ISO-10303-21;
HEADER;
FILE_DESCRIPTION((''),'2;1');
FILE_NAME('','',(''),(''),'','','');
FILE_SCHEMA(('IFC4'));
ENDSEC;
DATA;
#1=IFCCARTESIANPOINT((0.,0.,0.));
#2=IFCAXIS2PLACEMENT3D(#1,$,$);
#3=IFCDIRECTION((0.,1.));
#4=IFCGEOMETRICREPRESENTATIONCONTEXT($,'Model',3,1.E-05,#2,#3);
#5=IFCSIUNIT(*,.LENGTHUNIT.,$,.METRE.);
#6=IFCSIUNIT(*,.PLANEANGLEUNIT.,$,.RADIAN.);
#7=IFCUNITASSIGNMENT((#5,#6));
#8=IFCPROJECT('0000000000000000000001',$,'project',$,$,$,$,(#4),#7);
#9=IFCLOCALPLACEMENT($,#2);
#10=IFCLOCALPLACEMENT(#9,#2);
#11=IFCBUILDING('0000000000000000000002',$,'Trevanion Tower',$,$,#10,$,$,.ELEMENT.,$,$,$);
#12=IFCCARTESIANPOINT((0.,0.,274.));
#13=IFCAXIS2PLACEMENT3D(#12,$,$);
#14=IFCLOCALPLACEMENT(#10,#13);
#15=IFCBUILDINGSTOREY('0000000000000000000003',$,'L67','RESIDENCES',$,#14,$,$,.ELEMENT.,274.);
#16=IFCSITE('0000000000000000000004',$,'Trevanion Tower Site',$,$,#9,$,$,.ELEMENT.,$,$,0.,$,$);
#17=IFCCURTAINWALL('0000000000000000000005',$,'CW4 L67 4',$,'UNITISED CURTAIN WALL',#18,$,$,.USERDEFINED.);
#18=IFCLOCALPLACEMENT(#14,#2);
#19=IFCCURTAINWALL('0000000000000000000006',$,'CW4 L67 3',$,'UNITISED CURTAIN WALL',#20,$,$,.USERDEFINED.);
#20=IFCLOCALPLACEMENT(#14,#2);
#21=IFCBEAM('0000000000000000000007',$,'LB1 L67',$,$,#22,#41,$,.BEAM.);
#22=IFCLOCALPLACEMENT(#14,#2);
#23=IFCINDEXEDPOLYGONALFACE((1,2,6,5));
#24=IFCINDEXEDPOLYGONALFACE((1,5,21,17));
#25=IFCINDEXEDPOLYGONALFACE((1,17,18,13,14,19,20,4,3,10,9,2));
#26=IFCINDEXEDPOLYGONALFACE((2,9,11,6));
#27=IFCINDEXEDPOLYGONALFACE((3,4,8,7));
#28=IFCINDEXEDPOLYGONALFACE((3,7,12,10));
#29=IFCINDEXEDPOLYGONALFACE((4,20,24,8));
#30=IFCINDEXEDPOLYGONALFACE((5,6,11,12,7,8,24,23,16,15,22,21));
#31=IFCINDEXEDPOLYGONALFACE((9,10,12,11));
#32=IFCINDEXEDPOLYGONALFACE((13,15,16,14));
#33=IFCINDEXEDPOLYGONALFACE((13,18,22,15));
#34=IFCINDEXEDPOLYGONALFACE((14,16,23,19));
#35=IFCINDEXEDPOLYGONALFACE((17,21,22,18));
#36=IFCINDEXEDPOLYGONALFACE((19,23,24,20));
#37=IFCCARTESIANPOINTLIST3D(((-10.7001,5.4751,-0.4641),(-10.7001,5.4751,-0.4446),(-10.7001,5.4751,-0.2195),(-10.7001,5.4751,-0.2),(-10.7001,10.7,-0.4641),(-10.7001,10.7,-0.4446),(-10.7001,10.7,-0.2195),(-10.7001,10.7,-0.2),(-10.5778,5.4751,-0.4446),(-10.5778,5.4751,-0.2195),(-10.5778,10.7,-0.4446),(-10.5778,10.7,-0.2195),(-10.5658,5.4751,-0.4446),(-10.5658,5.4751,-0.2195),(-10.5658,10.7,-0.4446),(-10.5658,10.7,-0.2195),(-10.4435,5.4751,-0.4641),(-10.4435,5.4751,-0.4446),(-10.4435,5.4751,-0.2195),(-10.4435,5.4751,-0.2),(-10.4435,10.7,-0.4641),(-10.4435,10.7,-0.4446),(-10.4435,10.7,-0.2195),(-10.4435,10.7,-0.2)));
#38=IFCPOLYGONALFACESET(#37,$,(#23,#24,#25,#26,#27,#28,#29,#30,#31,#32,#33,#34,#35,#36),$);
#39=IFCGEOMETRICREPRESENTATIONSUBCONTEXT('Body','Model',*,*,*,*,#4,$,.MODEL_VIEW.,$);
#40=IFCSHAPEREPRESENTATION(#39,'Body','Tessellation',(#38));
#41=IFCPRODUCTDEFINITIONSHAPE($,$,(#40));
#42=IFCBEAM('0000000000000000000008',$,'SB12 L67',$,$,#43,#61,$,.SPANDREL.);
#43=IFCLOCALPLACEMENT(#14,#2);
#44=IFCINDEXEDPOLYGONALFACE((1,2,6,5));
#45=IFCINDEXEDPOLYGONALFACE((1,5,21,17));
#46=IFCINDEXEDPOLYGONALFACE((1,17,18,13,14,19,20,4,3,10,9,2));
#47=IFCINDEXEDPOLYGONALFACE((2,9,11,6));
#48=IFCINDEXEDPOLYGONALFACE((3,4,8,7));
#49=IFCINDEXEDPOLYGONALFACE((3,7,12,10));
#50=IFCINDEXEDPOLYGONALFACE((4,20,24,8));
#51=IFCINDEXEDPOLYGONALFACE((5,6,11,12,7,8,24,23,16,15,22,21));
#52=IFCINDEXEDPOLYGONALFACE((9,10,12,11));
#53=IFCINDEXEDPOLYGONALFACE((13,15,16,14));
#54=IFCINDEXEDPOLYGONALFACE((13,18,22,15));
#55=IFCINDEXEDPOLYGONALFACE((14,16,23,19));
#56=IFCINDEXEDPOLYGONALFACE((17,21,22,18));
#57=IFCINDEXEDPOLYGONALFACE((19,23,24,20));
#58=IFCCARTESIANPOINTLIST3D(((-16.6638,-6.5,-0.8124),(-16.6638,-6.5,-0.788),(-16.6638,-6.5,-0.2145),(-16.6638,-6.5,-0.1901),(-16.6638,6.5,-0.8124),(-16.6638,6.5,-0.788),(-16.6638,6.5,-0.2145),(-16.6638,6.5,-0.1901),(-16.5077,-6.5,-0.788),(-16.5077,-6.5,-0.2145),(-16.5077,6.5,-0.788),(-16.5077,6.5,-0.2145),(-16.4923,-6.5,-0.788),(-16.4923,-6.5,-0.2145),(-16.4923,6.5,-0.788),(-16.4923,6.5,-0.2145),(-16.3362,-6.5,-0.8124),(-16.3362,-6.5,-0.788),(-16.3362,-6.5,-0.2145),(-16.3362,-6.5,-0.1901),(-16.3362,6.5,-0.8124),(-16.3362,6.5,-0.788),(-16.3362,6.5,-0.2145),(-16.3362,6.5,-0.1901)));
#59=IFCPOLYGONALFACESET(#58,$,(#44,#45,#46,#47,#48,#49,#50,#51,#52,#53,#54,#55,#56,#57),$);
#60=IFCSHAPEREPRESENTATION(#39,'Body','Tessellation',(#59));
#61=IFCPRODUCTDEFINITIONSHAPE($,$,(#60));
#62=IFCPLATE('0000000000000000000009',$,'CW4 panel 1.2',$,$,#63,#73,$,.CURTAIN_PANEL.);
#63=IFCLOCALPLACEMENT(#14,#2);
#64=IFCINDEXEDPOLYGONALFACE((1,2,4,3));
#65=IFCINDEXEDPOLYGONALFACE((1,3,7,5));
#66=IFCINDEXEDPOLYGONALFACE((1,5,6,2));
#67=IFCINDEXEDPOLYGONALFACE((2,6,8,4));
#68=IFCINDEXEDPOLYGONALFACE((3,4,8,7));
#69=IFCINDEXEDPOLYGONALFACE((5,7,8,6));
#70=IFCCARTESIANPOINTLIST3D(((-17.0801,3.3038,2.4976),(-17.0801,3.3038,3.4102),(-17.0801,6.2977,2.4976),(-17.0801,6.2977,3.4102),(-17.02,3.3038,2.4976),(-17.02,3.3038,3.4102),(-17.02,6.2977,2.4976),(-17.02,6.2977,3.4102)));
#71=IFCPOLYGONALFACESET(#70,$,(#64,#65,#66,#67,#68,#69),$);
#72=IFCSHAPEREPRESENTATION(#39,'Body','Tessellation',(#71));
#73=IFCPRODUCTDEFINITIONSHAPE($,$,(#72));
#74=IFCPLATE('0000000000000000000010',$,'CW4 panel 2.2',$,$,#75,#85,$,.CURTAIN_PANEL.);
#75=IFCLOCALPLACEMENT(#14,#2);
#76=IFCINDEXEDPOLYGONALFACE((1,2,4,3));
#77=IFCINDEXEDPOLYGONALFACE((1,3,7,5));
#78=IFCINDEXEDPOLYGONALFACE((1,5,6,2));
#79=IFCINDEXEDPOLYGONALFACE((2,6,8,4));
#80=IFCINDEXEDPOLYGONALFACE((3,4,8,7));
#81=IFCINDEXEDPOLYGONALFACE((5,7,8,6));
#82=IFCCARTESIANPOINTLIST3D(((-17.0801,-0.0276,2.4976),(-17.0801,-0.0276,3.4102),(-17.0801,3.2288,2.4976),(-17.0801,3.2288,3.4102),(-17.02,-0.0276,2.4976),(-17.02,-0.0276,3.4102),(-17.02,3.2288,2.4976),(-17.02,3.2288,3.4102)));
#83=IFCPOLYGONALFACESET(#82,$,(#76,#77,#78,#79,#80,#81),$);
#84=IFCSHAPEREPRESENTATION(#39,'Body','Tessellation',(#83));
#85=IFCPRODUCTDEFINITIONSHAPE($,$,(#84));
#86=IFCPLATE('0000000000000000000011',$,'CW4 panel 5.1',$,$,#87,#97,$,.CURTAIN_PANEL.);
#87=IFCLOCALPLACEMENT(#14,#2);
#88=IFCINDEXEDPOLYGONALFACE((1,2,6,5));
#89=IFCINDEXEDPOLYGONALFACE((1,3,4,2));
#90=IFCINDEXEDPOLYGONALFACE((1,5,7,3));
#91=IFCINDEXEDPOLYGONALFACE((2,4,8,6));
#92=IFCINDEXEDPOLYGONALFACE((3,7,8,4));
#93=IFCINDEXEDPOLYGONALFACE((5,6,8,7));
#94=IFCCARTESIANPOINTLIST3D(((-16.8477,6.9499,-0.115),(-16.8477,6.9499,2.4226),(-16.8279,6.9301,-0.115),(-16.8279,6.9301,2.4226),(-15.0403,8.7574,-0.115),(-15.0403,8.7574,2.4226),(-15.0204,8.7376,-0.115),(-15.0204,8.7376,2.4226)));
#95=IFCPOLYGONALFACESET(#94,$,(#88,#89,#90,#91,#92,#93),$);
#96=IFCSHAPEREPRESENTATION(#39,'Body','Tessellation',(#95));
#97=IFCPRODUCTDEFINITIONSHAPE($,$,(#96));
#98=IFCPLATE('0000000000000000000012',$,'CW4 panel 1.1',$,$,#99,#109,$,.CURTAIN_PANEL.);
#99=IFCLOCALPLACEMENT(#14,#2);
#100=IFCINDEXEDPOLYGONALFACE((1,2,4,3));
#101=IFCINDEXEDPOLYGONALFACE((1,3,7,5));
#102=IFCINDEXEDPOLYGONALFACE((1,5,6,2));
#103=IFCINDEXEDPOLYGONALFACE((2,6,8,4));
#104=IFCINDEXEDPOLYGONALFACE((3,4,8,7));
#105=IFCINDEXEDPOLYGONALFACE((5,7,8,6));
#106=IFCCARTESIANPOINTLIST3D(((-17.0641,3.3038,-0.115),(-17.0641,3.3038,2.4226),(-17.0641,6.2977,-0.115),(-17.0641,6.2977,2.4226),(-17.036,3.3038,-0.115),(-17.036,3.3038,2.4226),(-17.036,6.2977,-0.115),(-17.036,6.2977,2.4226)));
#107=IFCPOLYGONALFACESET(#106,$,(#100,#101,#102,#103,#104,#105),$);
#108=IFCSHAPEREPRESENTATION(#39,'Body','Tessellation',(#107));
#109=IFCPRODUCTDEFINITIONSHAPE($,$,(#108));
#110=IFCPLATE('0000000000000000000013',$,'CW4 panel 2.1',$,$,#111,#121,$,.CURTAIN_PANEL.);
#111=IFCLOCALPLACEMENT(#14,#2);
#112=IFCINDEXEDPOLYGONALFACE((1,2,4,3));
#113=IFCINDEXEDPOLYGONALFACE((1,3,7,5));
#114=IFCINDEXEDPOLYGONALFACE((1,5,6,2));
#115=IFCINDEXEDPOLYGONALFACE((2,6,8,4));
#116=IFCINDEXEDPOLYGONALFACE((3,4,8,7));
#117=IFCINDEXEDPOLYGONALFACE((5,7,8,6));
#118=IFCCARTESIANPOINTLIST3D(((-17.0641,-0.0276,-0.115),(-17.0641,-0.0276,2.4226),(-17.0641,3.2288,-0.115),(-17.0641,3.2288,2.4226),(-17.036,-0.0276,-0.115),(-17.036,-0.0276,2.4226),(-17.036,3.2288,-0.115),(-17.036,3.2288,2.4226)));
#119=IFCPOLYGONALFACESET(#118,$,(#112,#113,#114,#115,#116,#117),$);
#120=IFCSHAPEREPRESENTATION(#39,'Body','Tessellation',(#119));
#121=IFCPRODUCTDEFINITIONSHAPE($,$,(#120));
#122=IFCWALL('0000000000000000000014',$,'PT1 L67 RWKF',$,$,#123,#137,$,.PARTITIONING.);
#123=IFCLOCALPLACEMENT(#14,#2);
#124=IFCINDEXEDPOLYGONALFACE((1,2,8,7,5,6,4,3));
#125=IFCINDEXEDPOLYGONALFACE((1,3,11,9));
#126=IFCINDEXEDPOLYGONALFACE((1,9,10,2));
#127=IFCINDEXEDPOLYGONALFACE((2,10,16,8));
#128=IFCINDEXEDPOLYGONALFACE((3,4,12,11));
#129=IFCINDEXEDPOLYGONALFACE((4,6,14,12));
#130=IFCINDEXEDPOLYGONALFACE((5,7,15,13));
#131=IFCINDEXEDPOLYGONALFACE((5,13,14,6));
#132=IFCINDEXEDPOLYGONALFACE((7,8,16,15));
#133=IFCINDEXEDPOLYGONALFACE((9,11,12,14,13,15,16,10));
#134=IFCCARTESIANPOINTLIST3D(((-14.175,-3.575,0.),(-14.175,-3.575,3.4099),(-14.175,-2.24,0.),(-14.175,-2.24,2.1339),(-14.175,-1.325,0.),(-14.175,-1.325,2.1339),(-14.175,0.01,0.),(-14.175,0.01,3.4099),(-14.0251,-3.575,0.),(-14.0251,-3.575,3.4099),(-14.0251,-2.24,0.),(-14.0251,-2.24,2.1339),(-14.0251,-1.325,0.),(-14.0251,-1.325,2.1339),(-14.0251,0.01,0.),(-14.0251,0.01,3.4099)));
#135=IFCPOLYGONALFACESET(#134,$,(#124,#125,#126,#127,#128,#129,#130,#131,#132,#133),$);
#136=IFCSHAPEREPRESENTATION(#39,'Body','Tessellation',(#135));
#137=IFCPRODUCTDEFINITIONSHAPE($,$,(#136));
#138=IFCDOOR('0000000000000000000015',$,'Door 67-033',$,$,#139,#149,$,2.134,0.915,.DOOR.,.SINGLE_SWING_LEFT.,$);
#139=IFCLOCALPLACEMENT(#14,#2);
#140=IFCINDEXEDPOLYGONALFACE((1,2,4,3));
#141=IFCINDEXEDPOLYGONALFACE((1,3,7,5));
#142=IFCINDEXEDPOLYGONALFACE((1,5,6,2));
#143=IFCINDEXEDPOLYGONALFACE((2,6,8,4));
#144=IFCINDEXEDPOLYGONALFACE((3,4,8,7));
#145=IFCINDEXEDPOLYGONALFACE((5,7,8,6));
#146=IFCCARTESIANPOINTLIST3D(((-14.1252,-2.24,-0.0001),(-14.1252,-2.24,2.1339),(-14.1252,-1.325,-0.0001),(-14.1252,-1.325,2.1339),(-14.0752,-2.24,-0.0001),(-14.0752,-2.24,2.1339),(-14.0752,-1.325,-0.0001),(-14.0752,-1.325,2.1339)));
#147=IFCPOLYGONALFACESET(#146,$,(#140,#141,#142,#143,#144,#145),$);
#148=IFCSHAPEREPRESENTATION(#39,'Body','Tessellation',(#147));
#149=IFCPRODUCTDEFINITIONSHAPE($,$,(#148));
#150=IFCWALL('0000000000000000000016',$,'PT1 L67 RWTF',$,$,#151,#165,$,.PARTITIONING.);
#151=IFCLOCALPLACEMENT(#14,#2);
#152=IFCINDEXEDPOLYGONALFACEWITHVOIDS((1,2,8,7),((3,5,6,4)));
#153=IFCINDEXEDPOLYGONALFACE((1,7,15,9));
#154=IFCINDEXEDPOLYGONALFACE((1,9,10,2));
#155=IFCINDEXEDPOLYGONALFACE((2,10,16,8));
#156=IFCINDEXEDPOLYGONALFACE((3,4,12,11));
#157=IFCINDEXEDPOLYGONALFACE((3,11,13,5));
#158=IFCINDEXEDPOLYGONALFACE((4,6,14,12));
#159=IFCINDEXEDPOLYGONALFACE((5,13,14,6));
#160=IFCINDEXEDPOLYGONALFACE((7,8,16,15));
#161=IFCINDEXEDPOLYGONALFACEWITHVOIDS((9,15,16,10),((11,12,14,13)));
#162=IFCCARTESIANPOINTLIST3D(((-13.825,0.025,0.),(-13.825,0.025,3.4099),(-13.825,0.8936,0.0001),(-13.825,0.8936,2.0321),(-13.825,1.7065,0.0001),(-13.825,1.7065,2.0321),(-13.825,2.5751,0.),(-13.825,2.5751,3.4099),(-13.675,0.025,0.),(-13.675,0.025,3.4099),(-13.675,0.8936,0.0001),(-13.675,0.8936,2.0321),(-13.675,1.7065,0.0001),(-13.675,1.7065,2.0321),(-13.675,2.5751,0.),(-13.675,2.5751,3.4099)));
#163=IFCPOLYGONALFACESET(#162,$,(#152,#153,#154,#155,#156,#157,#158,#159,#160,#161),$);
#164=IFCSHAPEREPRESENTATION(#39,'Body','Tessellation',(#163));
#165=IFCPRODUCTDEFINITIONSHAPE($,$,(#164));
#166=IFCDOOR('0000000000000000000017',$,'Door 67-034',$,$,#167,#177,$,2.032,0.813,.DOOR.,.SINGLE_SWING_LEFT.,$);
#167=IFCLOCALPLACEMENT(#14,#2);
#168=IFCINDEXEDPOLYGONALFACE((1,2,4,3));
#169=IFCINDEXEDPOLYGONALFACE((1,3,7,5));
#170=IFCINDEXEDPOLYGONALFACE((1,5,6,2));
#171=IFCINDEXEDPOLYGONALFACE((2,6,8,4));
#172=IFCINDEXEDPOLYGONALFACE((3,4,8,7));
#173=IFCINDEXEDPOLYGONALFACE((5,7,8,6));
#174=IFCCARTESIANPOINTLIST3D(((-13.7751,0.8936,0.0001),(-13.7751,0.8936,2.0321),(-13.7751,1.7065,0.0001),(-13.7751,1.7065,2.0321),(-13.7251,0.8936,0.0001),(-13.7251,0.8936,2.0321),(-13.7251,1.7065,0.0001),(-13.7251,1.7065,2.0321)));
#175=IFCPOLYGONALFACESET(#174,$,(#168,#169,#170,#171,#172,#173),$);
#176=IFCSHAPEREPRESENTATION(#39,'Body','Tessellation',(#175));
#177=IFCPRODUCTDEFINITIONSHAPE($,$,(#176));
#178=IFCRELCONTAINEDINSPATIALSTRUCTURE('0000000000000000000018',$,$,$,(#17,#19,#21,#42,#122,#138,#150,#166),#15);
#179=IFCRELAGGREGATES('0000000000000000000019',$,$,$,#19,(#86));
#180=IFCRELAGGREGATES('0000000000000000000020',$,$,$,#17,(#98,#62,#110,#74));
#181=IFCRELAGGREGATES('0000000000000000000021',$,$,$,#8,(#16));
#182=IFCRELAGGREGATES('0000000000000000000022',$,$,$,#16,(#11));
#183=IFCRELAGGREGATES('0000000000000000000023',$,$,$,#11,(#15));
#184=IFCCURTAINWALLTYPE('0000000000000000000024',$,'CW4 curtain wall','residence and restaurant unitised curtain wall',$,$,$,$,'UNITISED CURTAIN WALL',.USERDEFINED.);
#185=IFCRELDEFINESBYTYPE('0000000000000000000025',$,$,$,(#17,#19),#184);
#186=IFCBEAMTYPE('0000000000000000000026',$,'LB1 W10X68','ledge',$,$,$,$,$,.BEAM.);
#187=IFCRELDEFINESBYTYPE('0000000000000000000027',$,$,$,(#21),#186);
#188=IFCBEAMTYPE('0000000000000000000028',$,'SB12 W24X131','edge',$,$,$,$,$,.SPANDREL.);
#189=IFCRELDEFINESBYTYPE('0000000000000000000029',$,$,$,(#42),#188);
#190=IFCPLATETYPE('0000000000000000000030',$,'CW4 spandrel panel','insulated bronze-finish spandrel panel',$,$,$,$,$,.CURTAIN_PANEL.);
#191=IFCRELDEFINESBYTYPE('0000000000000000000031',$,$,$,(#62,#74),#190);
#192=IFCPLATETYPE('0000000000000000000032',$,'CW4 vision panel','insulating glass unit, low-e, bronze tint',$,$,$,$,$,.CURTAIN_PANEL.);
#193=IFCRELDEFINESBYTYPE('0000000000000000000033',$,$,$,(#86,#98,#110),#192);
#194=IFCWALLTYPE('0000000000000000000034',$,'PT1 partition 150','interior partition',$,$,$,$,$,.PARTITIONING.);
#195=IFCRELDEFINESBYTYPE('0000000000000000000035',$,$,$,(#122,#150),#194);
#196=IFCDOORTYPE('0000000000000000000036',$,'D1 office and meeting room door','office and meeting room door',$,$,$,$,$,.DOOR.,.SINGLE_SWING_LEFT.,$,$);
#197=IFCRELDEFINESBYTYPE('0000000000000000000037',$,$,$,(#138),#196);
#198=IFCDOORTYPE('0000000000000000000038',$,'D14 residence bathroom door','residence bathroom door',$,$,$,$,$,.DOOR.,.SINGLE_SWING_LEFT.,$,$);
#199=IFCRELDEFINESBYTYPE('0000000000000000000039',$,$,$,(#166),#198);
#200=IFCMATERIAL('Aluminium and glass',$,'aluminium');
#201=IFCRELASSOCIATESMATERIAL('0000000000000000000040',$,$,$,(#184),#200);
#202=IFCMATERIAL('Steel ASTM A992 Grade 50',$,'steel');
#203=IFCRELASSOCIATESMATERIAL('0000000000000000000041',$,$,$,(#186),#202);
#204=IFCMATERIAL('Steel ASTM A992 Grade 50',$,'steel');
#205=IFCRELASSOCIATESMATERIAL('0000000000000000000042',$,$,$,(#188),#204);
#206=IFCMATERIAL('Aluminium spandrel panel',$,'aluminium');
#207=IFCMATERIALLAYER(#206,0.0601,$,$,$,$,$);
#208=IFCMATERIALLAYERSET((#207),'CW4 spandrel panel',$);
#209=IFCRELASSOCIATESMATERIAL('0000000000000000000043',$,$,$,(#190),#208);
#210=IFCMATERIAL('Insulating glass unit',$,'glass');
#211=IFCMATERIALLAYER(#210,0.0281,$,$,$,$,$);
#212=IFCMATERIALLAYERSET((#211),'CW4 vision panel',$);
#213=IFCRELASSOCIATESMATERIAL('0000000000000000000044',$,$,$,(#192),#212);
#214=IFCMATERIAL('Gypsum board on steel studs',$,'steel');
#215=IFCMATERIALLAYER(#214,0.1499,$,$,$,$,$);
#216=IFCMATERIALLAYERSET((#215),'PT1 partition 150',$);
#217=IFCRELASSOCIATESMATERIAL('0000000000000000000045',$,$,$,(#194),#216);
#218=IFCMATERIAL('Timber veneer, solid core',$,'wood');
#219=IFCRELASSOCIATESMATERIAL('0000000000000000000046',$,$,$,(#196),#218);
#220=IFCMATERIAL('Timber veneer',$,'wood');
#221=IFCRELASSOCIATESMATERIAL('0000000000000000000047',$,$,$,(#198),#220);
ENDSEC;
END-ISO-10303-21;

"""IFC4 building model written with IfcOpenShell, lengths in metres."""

from ifc_helpers import new_model, si_unit, direction, frame, frame_2d, origin, origin_2d, place, context, subcontext, project, spatial, rectangle, i_section, extrude, material, layer, layer_set, material_profile, profile_set, type_object, element, fill, aggregate, save


model = new_model("IFC4")

# Units and contexts
model_context = context("Model", 3, precision=1e-05, world=origin(), true_north=direction((0.0, 1.0)))
body_context = subcontext(model_context, "Body", "Model", "MODEL_VIEW")
ifc_project = project(units=[si_unit("LENGTHUNIT", "METRE"), si_unit("PLANEANGLEUNIT", "RADIAN")], contexts=[model_context])

# Site, building, storey
site_placement = place(None, origin())
site = spatial("IfcSite", under=ifc_project, at=site_placement, Name="Trevanion Tower Site", CompositionType="ELEMENT", RefElevation=0.0)
building_placement = place(site_placement, origin())
building = spatial("IfcBuilding", under=site, at=building_placement, Name="Trevanion Tower", CompositionType="ELEMENT")
storey_placement = place(building_placement, frame((0.0, 0.0, 274.0)))
storey = spatial("IfcBuildingStorey", under=building, at=storey_placement, Name="L67", Description="RESIDENCES", CompositionType="ELEMENT", Elevation=274.0)

# Curtain walls
ifc_material_1 = material(Name="Aluminium and glass", Category="aluminium")
curtain_wall_type = type_object("IfcCurtainWallType", Name="CW4 curtain wall", Description="residence and restaurant unitised curtain wall", ElementType="UNITISED CURTAIN WALL", PredefinedType="USERDEFINED", material=ifc_material_1)
curtain_wall_1_placement = place(storey_placement, origin())
curtain_wall_1 = element("IfcCurtainWall", 1, at=curtain_wall_1_placement, inside=storey, type_object=curtain_wall_type, Name="CW4 L67 4", ObjectType="UNITISED CURTAIN WALL", PredefinedType="USERDEFINED")
curtain_wall_2_placement = place(storey_placement, origin())
curtain_wall_2 = element("IfcCurtainWall", 2, at=curtain_wall_2_placement, inside=storey, type_object=curtain_wall_type, Name="CW4 L67 3", ObjectType="UNITISED CURTAIN WALL", PredefinedType="USERDEFINED")

# Beams
ifc_material_2 = material(Name="Steel ASTM A992 Grade 50", Category="steel")
ifc_material_profile_1 = material_profile(ifc_material_2, i_section(OverallWidth=0.2566, OverallDepth=0.2642, WebThickness=0.012, FlangeThickness=0.0195, at=origin_2d()), Name="W10X68")
ifc_profile_set_1 = profile_set([ifc_material_profile_1], Name="Steel ASTM A992 Grade 50")
beam_type_1 = type_object("IfcBeamType", Name="LB1 W10X68", Description="ledge", PredefinedType="BEAM", material=ifc_profile_set_1)
beam_1_placement = place(storey_placement, frame((-10.5718, 5.4751, -0.332), z_axis=(0.0, 1.0, 0.0), x_axis=(-1.0, 0.0, 0.0)))
element("IfcBeam", 3, at=beam_1_placement, inside=storey, type_object=beam_type_1, Name="LB1 L67", PredefinedType="BEAM", context=body_context, shape_type="SweptSolid", body=[
    extrude(i_section(OverallWidth=0.2566, OverallDepth=0.2642, WebThickness=0.012, FlangeThickness=0.0195, at=origin_2d()), origin(), (0.0, 0.0, 1.0), 5.2249),
])
ifc_material_3 = material(Name="Steel ASTM A992 Grade 50", Category="steel")
ifc_material_profile_2 = material_profile(ifc_material_3, i_section(OverallWidth=0.3276, OverallDepth=0.6223, WebThickness=0.0154, FlangeThickness=0.0244, at=origin_2d()), Name="W24X131")
ifc_profile_set_2 = profile_set([ifc_material_profile_2], Name="Steel ASTM A992 Grade 50")
beam_type_2 = type_object("IfcBeamType", Name="SB12 W24X131", Description="edge", PredefinedType="SPANDREL", material=ifc_profile_set_2)
beam_2_placement = place(storey_placement, frame((-16.5, 6.5, -0.5012), z_axis=(0.0, -1.0, 0.0), x_axis=(1.0, 0.0, 0.0)))
element("IfcBeam", 4, at=beam_2_placement, inside=storey, type_object=beam_type_2, Name="SB12 L67", PredefinedType="SPANDREL", context=body_context, shape_type="SweptSolid", body=[
    extrude(i_section(OverallWidth=0.3276, OverallDepth=0.6223, WebThickness=0.0154, FlangeThickness=0.0244, at=origin_2d()), origin(), (0.0, 0.0, 1.0), 13.0),
])

# Plates
ifc_material_4 = material(Name="Aluminium spandrel panel", Category="aluminium")
ifc_layer_1 = layer(ifc_material_4, 0.0601)
ifc_layer_set_1 = layer_set([ifc_layer_1], Name="CW4 spandrel panel")
plate_type_1 = type_object("IfcPlateType", Name="CW4 spandrel panel", Description="insulated bronze-finish spandrel panel", PredefinedType="CURTAIN_PANEL", material=ifc_layer_set_1)
plate_1_placement = place(storey_placement, frame((-17.05, 4.8008, 2.4976), z_axis=(0.0, 0.0, 1.0), x_axis=(0.0, -1.0, 0.0)))
plate_1 = element("IfcPlate", 5, at=plate_1_placement, type_object=plate_type_1, Name="CW4 panel 1.2", PredefinedType="CURTAIN_PANEL", context=body_context, shape_type="SweptSolid", body=[
    extrude(rectangle(XDim=2.9939, YDim=0.0601, at=origin_2d()), origin(), (0.0, 0.0, 1.0), 0.9126),
])
plate_2_placement = place(storey_placement, frame((-17.05, 1.6006, 2.4976), z_axis=(0.0, 0.0, 1.0), x_axis=(0.0, -1.0, 0.0)))
plate_2 = element("IfcPlate", 6, at=plate_2_placement, type_object=plate_type_1, Name="CW4 panel 2.2", PredefinedType="CURTAIN_PANEL", context=body_context, shape_type="SweptSolid", body=[
    extrude(rectangle(XDim=3.2563, YDim=0.0601, at=origin_2d()), origin(), (0.0, 0.0, 1.0), 0.9126),
])
ifc_material_5 = material(Name="Insulating glass unit", Category="glass")
ifc_layer_2 = layer(ifc_material_5, 0.0281)
ifc_layer_set_2 = layer_set([ifc_layer_2], Name="CW4 vision panel")
plate_type_2 = type_object("IfcPlateType", Name="CW4 vision panel", Description="insulating glass unit, low-e, bronze tint", PredefinedType="CURTAIN_PANEL", material=ifc_layer_set_2)
plate_3_placement = place(storey_placement, frame((-15.9341, 7.8438, -0.115), z_axis=(0.0, 0.0, 1.0), x_axis=(-0.707107, -0.707107, 0.0)))
plate_3 = element("IfcPlate", 7, at=plate_3_placement, type_object=plate_type_2, Name="CW4 panel 5.1", PredefinedType="CURTAIN_PANEL", context=body_context, shape_type="SweptSolid", body=[
    extrude(rectangle(XDim=2.5562, YDim=0.0281, at=origin_2d()), origin(), (0.0, 0.0, 1.0), 2.5376),
])
aggregate(curtain_wall_2, [plate_3])
plate_4_placement = place(storey_placement, frame((-17.05, 4.8008, -0.115), z_axis=(0.0, 0.0, 1.0), x_axis=(0.0, -1.0, 0.0)))
plate_4 = element("IfcPlate", 8, at=plate_4_placement, type_object=plate_type_2, Name="CW4 panel 1.1", PredefinedType="CURTAIN_PANEL", context=body_context, shape_type="SweptSolid", body=[
    extrude(rectangle(XDim=2.9939, YDim=0.0281, at=origin_2d()), origin(), (0.0, 0.0, 1.0), 2.5376),
])
plate_5_placement = place(storey_placement, frame((-17.05, 1.6006, -0.115), z_axis=(0.0, 0.0, 1.0), x_axis=(0.0, -1.0, 0.0)))
plate_5 = element("IfcPlate", 9, at=plate_5_placement, type_object=plate_type_2, Name="CW4 panel 2.1", PredefinedType="CURTAIN_PANEL", context=body_context, shape_type="SweptSolid", body=[
    extrude(rectangle(XDim=3.2563, YDim=0.0281, at=origin_2d()), origin(), (0.0, 0.0, 1.0), 2.5376),
])
aggregate(curtain_wall_1, [plate_4, plate_1, plate_5, plate_2])

# Walls, openings, doors
ifc_material_6 = material(Name="Gypsum board on steel studs", Category="steel")
ifc_layer_3 = layer(ifc_material_6, 0.1499)
ifc_layer_set_3 = layer_set([ifc_layer_3], Name="PT1 partition 150")
wall_type = type_object("IfcWallType", Name="PT1 partition 150", Description="interior partition", PredefinedType="PARTITIONING", material=ifc_layer_set_3)
wall_1_placement = place(storey_placement, frame((-14.1001, 0.01, 0.0), z_axis=(0.0, 0.0, 1.0), x_axis=(0.0, -1.0, 0.0)))
wall_1 = element("IfcWall", 10, at=wall_1_placement, inside=storey, type_object=wall_type, Name="PT1 L67 RWKF", PredefinedType="PARTITIONING", context=body_context, shape_type="SweptSolid", body=[
    extrude(rectangle(XDim=3.585, YDim=0.1499, at=frame_2d((1.7925, 0.0))), origin(), (0.0, 0.0, 1.0), 3.4099),
])
opening_1_placement = place(wall_1_placement, frame((1.335, 0.0, 0.0)))
opening_1 = element("IfcOpeningElement", 11, at=opening_1_placement, cuts=wall_1, PredefinedType="OPENING", context=body_context, shape_type="SweptSolid", body=[
    extrude(rectangle(XDim=0.915, YDim=2.134, at=frame_2d((0.4575, 1.0669))), frame((0.0, 0.085, 0.0), z_axis=(0.0, -1.0, 0.0), x_axis=(1.0, 0.0, 0.0)), (0.0, 0.0, 1.0), 0.1699),
])
ifc_material_7 = material(Name="Timber veneer, solid core", Category="wood")
door_type_1 = type_object("IfcDoorType", Name="D1 office and meeting room door", Description="office and meeting room door", OperationType="SINGLE_SWING_LEFT", PredefinedType="DOOR", material=ifc_material_7)
door_1_placement = place(opening_1_placement, origin())
door_1 = element("IfcDoor", 12, at=door_1_placement, inside=storey, type_object=door_type_1, Name="Door 67-033", OperationType="SINGLE_SWING_LEFT", OverallHeight=2.134, OverallWidth=0.915, PredefinedType="DOOR", context=body_context, shape_type="SweptSolid", body=[
    extrude(rectangle(XDim=0.915, YDim=2.134, at=frame_2d((0.4575, 1.0669))), frame((0.0, 0.0249, 0.0), z_axis=(0.0, -1.0, 0.0), x_axis=(1.0, 0.0, 0.0)), (0.0, 0.0, 1.0), 0.05),
])
fill(opening_1, door_1)
wall_2_placement = place(storey_placement, frame((-13.75, 2.575, 0.0), z_axis=(0.0, 0.0, 1.0), x_axis=(0.0, -1.0, 0.0)))
wall_2 = element("IfcWall", 13, at=wall_2_placement, inside=storey, type_object=wall_type, Name="PT1 L67 RWTF", PredefinedType="PARTITIONING", context=body_context, shape_type="SweptSolid", body=[
    extrude(rectangle(XDim=2.55, YDim=0.1499, at=frame_2d((1.2749, 0.0))), origin(), (0.0, 0.0, 1.0), 3.4099),
])
opening_2_placement = place(wall_2_placement, frame((0.8684, 0.0, 0.0)))
opening_2 = element("IfcOpeningElement", 14, at=opening_2_placement, cuts=wall_2, PredefinedType="OPENING", context=body_context, shape_type="SweptSolid", body=[
    extrude(rectangle(XDim=0.813, YDim=2.032, at=frame_2d((0.4065, 1.0161))), frame((0.0, 0.085, 0.0), z_axis=(0.0, -1.0, 0.0), x_axis=(1.0, 0.0, 0.0)), (0.0, 0.0, 1.0), 0.1699),
])
ifc_material_8 = material(Name="Timber veneer", Category="wood")
door_type_2 = type_object("IfcDoorType", Name="D14 residence bathroom door", Description="residence bathroom door", OperationType="SINGLE_SWING_LEFT", PredefinedType="DOOR", material=ifc_material_8)
door_2_placement = place(opening_2_placement, origin())
door_2 = element("IfcDoor", 15, at=door_2_placement, inside=storey, type_object=door_type_2, Name="Door 67-034", OperationType="SINGLE_SWING_LEFT", OverallHeight=2.032, OverallWidth=0.813, PredefinedType="DOOR", context=body_context, shape_type="SweptSolid", body=[
    extrude(rectangle(XDim=0.813, YDim=2.032, at=frame_2d((0.4065, 1.0161))), frame((0.0, 0.0249, 0.0), z_axis=(0.0, -1.0, 0.0), x_axis=(1.0, 0.0, 0.0)), (0.0, 0.0, 1.0), 0.05),
])
fill(opening_2, door_2)

save(model, "model.ifc")
